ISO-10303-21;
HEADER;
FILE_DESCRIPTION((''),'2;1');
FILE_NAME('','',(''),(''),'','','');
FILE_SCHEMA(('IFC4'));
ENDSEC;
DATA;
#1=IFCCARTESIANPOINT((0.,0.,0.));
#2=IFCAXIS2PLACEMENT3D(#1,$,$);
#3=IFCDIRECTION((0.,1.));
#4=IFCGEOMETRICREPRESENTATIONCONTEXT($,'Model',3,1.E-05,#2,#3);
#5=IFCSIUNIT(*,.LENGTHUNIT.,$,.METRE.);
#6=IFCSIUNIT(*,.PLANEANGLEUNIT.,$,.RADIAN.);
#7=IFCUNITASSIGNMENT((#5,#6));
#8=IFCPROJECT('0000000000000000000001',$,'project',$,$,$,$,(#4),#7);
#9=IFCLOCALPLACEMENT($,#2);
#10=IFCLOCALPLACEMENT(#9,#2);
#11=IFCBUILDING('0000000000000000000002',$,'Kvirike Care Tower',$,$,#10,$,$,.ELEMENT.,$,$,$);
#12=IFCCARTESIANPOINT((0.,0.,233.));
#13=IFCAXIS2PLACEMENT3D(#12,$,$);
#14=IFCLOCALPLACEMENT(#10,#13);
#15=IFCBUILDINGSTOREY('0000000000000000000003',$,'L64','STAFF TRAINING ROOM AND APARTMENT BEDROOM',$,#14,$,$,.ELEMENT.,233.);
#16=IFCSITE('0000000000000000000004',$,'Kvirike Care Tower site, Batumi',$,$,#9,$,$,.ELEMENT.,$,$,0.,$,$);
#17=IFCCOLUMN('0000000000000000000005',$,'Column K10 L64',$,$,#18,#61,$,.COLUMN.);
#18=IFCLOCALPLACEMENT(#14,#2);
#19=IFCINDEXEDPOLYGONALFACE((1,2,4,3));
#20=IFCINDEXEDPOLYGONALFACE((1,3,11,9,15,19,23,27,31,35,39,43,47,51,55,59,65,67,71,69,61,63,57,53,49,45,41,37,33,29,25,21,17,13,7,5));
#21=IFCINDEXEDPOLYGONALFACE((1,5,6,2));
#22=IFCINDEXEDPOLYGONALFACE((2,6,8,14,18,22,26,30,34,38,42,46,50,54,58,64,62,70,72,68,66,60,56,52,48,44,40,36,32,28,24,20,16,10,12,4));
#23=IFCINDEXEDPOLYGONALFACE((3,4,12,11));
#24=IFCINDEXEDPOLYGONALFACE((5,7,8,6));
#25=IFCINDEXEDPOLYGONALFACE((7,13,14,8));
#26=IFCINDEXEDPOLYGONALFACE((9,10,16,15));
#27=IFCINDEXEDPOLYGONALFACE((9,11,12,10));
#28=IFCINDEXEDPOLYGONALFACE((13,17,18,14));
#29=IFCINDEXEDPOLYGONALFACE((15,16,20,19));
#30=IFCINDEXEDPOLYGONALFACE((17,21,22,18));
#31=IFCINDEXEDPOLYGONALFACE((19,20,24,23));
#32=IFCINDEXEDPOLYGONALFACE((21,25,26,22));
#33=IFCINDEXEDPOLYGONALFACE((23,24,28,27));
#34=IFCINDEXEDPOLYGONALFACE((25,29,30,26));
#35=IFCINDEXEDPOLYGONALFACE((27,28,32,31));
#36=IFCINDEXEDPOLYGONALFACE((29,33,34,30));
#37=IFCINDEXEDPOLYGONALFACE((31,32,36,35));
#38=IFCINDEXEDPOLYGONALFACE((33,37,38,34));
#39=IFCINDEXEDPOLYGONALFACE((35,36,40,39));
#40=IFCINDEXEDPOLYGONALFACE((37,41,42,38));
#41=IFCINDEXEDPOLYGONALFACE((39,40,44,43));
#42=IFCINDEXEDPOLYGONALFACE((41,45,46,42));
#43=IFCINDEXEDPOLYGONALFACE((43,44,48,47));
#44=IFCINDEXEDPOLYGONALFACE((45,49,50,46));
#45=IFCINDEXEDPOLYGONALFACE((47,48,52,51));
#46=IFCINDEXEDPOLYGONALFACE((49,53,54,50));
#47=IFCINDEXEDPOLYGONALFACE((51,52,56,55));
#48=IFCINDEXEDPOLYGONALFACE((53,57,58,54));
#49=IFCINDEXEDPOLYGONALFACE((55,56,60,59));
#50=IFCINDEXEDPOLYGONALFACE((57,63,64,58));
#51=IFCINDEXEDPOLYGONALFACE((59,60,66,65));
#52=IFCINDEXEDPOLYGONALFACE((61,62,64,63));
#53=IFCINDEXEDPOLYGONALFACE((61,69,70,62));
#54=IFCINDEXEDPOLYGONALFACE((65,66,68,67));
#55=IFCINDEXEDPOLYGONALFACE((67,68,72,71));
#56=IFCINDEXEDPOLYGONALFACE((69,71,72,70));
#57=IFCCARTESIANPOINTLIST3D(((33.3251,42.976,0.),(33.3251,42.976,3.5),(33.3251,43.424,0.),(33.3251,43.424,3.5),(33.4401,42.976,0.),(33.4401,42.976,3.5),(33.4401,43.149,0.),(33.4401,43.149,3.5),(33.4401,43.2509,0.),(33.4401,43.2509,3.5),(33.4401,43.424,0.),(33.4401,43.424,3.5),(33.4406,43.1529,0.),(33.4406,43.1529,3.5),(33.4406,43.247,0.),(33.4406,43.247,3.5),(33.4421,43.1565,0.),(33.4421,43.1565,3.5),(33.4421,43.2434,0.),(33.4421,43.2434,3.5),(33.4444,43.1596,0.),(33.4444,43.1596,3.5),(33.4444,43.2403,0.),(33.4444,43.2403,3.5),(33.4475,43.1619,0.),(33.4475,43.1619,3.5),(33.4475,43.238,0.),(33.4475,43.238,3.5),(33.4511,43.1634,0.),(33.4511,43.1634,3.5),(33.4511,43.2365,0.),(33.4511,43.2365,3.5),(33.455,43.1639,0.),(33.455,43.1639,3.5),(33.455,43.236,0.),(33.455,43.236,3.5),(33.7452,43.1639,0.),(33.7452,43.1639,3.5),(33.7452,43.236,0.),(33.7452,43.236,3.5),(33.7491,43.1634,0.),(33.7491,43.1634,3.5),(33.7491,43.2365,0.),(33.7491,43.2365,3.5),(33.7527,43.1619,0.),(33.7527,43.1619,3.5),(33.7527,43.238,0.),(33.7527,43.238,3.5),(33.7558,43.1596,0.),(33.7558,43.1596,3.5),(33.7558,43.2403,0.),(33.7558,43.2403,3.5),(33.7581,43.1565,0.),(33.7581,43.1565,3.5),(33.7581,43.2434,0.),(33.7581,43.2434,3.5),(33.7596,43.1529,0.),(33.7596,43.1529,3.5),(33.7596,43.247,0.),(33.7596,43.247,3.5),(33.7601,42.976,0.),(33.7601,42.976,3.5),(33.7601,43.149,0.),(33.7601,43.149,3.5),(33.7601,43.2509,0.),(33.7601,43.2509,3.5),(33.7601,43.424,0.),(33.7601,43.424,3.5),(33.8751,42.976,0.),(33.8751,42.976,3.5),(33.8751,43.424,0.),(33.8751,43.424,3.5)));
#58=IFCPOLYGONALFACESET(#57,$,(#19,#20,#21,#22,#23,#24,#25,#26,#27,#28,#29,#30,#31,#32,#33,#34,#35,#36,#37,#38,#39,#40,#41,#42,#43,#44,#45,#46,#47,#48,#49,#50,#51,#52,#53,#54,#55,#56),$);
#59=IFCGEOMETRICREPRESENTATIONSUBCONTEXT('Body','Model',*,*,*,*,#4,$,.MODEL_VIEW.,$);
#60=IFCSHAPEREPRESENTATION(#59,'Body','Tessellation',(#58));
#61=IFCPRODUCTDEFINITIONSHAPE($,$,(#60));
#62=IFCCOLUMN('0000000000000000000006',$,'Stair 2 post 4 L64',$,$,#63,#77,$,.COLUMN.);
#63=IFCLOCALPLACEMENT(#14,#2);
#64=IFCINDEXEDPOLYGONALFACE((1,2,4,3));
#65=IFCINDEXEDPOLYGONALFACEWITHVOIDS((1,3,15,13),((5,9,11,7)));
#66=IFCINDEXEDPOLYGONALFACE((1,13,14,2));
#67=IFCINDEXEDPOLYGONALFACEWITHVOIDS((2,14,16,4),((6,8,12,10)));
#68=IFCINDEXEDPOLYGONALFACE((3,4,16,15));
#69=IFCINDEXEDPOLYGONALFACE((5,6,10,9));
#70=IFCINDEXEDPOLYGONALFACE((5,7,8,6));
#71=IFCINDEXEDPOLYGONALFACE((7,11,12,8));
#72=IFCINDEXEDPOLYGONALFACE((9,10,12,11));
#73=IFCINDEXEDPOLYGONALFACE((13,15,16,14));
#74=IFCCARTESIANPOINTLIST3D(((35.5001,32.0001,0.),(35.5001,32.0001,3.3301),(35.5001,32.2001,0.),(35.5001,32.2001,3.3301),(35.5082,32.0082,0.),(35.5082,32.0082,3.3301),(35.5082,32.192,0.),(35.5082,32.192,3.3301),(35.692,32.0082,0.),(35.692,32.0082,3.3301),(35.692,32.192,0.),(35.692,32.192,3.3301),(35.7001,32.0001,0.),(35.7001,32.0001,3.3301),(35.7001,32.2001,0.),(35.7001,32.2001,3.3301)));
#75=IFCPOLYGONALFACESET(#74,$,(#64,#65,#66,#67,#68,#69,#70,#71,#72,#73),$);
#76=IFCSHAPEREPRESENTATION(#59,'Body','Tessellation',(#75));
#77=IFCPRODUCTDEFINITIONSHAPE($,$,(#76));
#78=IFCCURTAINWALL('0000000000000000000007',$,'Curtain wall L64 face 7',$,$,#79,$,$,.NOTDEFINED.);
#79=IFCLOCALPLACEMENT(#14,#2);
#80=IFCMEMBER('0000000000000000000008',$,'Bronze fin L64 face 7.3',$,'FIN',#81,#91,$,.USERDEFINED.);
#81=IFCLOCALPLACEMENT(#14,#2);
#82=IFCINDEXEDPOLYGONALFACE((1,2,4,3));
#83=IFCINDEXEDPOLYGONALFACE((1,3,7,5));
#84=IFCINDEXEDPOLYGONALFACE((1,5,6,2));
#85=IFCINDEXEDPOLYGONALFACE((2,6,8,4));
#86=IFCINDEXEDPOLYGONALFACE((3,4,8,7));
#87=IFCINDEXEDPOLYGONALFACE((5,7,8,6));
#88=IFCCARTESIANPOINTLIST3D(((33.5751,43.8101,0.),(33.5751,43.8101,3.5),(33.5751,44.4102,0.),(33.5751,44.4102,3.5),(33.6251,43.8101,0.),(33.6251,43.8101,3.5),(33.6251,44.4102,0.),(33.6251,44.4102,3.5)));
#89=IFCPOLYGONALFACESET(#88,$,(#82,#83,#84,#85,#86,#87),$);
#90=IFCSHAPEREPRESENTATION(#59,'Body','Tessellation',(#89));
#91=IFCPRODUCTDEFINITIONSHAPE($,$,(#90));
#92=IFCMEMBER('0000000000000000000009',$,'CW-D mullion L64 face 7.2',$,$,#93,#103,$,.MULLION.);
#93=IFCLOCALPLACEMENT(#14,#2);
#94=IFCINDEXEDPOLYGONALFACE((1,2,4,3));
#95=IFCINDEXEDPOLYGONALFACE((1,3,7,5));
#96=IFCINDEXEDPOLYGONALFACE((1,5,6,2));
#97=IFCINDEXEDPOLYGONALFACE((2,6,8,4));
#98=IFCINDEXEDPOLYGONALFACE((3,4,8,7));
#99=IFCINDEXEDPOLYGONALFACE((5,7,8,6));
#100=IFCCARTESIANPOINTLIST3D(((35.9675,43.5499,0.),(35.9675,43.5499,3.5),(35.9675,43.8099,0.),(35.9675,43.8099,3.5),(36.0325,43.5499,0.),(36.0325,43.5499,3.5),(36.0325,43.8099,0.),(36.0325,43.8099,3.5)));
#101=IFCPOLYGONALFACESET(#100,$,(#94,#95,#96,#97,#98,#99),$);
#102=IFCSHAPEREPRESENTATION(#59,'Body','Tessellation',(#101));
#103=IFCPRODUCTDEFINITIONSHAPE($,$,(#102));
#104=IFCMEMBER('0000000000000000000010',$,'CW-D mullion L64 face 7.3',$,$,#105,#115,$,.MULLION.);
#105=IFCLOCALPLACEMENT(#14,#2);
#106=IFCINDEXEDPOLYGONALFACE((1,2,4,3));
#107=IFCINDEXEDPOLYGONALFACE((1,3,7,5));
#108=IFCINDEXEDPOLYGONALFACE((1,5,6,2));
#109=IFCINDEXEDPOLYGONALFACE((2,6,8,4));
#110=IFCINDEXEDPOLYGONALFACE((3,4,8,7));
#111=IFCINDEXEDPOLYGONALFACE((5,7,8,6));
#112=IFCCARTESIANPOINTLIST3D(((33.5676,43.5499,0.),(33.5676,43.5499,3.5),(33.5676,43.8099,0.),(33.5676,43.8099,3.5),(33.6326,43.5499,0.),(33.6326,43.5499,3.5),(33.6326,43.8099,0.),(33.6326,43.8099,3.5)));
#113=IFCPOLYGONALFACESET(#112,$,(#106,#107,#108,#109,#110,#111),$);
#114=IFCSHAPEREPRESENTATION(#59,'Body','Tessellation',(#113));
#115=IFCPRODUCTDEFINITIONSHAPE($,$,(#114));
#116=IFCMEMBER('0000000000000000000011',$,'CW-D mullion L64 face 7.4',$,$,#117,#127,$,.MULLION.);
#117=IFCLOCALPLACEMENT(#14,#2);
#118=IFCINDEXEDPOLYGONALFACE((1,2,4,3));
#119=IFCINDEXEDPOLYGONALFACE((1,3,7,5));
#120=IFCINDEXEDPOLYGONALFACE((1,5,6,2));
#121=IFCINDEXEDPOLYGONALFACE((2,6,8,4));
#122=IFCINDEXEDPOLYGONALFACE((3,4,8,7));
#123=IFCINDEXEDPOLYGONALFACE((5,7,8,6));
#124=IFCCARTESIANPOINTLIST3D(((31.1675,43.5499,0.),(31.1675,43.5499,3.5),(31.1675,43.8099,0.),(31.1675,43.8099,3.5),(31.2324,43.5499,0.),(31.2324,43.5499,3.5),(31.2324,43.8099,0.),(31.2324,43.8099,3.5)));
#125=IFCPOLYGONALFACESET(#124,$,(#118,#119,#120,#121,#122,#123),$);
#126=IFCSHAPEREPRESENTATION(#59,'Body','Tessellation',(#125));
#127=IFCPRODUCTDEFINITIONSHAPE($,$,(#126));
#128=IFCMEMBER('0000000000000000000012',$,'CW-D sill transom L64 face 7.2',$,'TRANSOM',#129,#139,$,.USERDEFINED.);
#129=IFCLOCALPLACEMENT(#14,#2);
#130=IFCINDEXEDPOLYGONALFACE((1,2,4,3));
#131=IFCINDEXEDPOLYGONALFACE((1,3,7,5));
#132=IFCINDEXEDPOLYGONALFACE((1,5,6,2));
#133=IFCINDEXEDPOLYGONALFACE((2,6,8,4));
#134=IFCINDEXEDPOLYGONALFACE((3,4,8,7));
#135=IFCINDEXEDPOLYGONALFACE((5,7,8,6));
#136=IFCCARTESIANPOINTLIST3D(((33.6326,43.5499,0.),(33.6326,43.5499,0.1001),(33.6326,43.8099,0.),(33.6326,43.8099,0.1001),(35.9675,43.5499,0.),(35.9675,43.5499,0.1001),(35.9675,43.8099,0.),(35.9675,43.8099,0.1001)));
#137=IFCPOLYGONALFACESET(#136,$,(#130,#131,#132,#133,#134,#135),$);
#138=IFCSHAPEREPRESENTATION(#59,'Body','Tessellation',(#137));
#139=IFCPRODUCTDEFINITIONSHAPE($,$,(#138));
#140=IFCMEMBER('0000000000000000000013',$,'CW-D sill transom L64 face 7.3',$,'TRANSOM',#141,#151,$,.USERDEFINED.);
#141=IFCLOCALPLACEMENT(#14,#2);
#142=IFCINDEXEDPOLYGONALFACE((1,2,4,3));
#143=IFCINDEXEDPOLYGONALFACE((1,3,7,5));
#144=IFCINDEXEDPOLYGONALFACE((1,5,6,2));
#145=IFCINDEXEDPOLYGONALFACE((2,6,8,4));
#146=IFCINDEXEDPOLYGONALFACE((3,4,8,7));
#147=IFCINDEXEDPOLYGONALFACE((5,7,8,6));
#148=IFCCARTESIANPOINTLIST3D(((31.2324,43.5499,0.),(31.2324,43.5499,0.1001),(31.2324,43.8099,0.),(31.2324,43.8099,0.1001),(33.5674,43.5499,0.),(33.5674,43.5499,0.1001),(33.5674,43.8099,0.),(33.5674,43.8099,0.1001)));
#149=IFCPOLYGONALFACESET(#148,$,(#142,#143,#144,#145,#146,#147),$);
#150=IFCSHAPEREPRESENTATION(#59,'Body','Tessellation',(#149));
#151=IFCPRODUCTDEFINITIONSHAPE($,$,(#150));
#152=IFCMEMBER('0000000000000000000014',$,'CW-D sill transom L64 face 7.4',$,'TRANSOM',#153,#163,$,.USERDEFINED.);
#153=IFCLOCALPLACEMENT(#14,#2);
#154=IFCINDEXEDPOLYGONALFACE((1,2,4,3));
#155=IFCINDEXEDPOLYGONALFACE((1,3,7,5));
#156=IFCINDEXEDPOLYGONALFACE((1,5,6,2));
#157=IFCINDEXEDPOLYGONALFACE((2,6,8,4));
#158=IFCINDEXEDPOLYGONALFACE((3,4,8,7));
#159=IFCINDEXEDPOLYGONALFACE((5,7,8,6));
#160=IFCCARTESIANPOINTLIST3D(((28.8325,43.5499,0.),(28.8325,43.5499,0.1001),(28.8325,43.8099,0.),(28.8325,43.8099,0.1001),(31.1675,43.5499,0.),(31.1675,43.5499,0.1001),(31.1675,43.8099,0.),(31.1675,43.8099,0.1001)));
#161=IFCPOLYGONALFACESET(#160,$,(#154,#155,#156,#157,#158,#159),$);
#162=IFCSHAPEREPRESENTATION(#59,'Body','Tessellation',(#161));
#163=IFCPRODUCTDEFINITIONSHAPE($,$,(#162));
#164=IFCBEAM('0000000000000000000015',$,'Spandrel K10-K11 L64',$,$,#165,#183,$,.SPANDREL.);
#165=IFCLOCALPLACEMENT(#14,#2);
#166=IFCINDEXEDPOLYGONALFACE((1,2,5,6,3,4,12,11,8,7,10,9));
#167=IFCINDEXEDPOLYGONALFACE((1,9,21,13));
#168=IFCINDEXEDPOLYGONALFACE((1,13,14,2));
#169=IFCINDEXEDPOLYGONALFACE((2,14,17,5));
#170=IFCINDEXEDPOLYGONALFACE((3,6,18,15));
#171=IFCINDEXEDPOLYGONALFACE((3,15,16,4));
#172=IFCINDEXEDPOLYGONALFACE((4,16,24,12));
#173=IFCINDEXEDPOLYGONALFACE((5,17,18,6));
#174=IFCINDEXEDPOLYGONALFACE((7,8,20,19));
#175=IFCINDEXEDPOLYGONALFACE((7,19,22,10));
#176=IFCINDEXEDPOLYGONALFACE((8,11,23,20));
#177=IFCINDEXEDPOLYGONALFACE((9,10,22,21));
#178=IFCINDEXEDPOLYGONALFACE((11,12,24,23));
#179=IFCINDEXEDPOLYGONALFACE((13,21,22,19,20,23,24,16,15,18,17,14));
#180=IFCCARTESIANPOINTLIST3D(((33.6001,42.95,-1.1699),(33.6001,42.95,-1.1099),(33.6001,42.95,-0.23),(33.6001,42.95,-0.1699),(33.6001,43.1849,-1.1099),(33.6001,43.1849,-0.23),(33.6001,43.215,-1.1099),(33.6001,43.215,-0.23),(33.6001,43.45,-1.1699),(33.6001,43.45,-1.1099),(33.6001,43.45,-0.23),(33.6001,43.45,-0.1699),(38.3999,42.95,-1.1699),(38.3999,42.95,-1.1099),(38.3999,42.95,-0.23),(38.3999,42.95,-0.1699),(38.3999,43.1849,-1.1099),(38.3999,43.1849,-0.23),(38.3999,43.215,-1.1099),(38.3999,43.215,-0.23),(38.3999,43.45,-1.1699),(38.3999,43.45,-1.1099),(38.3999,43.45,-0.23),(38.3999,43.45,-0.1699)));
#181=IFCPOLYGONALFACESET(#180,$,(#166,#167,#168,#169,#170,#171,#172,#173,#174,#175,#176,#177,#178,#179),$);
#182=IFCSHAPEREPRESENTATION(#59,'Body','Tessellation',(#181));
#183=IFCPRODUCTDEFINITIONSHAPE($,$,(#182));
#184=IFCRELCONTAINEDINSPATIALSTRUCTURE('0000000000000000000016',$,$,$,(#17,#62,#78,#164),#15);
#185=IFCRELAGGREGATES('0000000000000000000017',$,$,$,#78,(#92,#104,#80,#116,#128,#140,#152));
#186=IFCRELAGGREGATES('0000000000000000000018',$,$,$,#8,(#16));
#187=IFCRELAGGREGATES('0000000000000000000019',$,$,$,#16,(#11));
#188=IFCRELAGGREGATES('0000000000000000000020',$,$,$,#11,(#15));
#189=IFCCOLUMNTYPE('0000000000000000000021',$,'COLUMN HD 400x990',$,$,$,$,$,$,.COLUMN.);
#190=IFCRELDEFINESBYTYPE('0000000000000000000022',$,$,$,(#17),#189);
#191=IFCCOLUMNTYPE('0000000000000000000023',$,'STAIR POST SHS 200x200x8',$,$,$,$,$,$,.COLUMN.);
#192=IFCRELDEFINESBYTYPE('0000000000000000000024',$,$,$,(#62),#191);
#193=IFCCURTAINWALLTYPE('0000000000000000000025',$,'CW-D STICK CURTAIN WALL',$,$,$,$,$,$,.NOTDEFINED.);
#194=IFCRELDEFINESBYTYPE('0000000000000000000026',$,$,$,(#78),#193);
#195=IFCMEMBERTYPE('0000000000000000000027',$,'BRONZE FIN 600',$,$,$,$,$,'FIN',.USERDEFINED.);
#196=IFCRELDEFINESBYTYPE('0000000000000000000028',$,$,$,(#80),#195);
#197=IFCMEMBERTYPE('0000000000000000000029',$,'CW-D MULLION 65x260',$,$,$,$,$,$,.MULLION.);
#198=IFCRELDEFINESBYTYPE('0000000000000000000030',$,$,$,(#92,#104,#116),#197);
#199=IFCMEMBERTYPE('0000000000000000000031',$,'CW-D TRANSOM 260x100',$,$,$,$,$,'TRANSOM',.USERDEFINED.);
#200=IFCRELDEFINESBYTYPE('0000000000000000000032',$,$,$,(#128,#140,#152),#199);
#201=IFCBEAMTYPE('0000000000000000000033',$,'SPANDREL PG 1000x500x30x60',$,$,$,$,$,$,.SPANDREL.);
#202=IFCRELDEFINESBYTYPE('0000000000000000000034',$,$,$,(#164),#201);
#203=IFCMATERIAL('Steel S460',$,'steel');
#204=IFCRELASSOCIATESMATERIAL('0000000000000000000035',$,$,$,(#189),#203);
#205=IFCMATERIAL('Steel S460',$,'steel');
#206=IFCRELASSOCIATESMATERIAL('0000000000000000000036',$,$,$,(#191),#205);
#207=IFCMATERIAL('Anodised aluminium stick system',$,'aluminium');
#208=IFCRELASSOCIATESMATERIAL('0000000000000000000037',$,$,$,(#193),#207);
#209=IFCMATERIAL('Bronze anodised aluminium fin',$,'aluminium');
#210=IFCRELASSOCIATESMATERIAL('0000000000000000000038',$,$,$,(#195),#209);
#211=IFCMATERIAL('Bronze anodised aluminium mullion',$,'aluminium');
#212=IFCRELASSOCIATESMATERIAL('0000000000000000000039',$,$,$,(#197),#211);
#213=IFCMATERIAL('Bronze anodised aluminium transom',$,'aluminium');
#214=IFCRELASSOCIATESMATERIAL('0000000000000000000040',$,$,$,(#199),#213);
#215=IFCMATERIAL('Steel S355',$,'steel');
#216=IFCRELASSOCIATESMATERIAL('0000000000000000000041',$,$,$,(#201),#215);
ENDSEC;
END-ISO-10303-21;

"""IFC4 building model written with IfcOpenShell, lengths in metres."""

from ifc_helpers import new_model, si_unit, direction, frame, origin, origin_2d, place, context, subcontext, project, spatial, rectangle, hollow_rectangle, i_section, extrude, material, material_profile, profile_set, type_object, element, aggregate, save


model = new_model("IFC4")

# Units and contexts
model_context = context("Model", 3, precision=1e-05, world=origin(), true_north=direction((0.0, 1.0)))
body_context = subcontext(model_context, "Body", "Model", "MODEL_VIEW")
ifc_project = project(units=[si_unit("LENGTHUNIT", "METRE"), si_unit("PLANEANGLEUNIT", "RADIAN")], contexts=[model_context])

# Site, building, storey
site_placement = place(None, origin())
site = spatial("IfcSite", under=ifc_project, at=site_placement, Name="Kvirike Care Tower site, Batumi", CompositionType="ELEMENT", RefElevation=0.0)
building_placement = place(site_placement, origin())
building = spatial("IfcBuilding", under=site, at=building_placement, Name="Kvirike Care Tower", CompositionType="ELEMENT")
storey_placement = place(building_placement, frame((0.0, 0.0, 233.0)))
storey = spatial("IfcBuildingStorey", under=building, at=storey_placement, Name="L64", Description="STAFF TRAINING ROOM AND APARTMENT BEDROOM", CompositionType="ELEMENT", Elevation=233.0)

# Columns
ifc_material_1 = material(Name="Steel S460", Category="steel")
ifc_material_profile_1 = material_profile(ifc_material_1, i_section(OverallWidth=0.448, OverallDepth=0.55, WebThickness=0.072, FlangeThickness=0.115, FilletRadius=0.0149, at=origin_2d()), Name="HD 400x990")
ifc_profile_set_1 = profile_set([ifc_material_profile_1], Name="Steel S460")
column_type_1 = type_object("IfcColumnType", Name="COLUMN HD 400x990", PredefinedType="COLUMN", material=ifc_profile_set_1)
column_1_placement = place(storey_placement, frame((33.6001, 43.2, 0.0), z_axis=(0.0, 0.0, 1.0), x_axis=(0.0, 1.0, 0.0)))
element("IfcColumn", 1, at=column_1_placement, inside=storey, type_object=column_type_1, Name="Column K10 L64", PredefinedType="COLUMN", context=body_context, shape_type="SweptSolid", body=[
    extrude(i_section(OverallWidth=0.448, OverallDepth=0.55, WebThickness=0.072, FlangeThickness=0.115, FilletRadius=0.0149, at=origin_2d()), origin(), (0.0, 0.0, 1.0), 3.5),
])
ifc_material_2 = material(Name="Steel S460", Category="steel")
ifc_material_profile_2 = material_profile(ifc_material_2, hollow_rectangle(XDim=0.2, YDim=0.2, WallThickness=0.0081, at=origin_2d()), Name="SHS 200x200x8")
ifc_profile_set_2 = profile_set([ifc_material_profile_2], Name="Steel S460")
column_type_2 = type_object("IfcColumnType", Name="STAIR POST SHS 200x200x8", PredefinedType="COLUMN", material=ifc_profile_set_2)
column_2_placement = place(storey_placement, frame((35.6001, 32.1001, 0.0), z_axis=(0.0, 0.0, 1.0), x_axis=(1.0, 0.0, 0.0)))
element("IfcColumn", 2, at=column_2_placement, inside=storey, type_object=column_type_2, Name="Stair 2 post 4 L64", PredefinedType="COLUMN", context=body_context, shape_type="SweptSolid", body=[
    extrude(hollow_rectangle(XDim=0.2, YDim=0.2, WallThickness=0.0081, at=origin_2d()), origin(), (0.0, 0.0, 1.0), 3.3301),
])

# Curtain wall, members
ifc_material_3 = material(Name="Anodised aluminium stick system", Category="aluminium")
curtain_wall_type = type_object("IfcCurtainWallType", Name="CW-D STICK CURTAIN WALL", PredefinedType="NOTDEFINED", material=ifc_material_3)
curtain_wall_placement = place(storey_placement, origin())
curtain_wall = element("IfcCurtainWall", 3, at=curtain_wall_placement, inside=storey, type_object=curtain_wall_type, Name="Curtain wall L64 face 7", PredefinedType="NOTDEFINED")
ifc_material_4 = material(Name="Bronze anodised aluminium fin", Category="aluminium")
ifc_material_profile_3 = material_profile(ifc_material_4, rectangle(XDim=0.05, YDim=0.6001, at=origin_2d()), Name="BRONZE FIN 600")
ifc_profile_set_3 = profile_set([ifc_material_profile_3], Name="Bronze anodised aluminium fin")
member_type_1 = type_object("IfcMemberType", Name="BRONZE FIN 600", ElementType="FIN", PredefinedType="USERDEFINED", material=ifc_profile_set_3)
member_1_placement = place(storey_placement, frame((33.6001, 44.1101, 0.0), z_axis=(0.0, 0.0, 1.0), x_axis=(-1.0, 0.0, 0.0)))
member_1 = element("IfcMember", 4, at=member_1_placement, type_object=member_type_1, Name="Bronze fin L64 face 7.3", ObjectType="FIN", PredefinedType="USERDEFINED", context=body_context, shape_type="SweptSolid", body=[
    extrude(rectangle(XDim=0.05, YDim=0.6001, at=origin_2d()), origin(), (0.0, 0.0, 1.0), 3.5),
])
ifc_material_5 = material(Name="Bronze anodised aluminium mullion", Category="aluminium")
ifc_material_profile_4 = material_profile(ifc_material_5, rectangle(XDim=0.0649, YDim=0.26, at=origin_2d()), Name="CW-D MULLION 65x260")
ifc_profile_set_4 = profile_set([ifc_material_profile_4], Name="Bronze anodised aluminium mullion")
member_type_2 = type_object("IfcMemberType", Name="CW-D MULLION 65x260", PredefinedType="MULLION", material=ifc_profile_set_4)
member_2_placement = place(storey_placement, frame((36.0, 43.6799, 0.0), z_axis=(0.0, 0.0, 1.0), x_axis=(-1.0, 0.0, 0.0)))
member_2 = element("IfcMember", 5, at=member_2_placement, type_object=member_type_2, Name="CW-D mullion L64 face 7.2", PredefinedType="MULLION", context=body_context, shape_type="SweptSolid", body=[
    extrude(rectangle(XDim=0.0649, YDim=0.26, at=origin_2d()), origin(), (0.0, 0.0, 1.0), 3.5),
])
member_3_placement = place(storey_placement, frame((33.6001, 43.6799, 0.0), z_axis=(0.0, 0.0, 1.0), x_axis=(-1.0, 0.0, 0.0)))
member_3 = element("IfcMember", 6, at=member_3_placement, type_object=member_type_2, Name="CW-D mullion L64 face 7.3", PredefinedType="MULLION", context=body_context, shape_type="SweptSolid", body=[
    extrude(rectangle(XDim=0.0649, YDim=0.26, at=origin_2d()), origin(), (0.0, 0.0, 1.0), 3.5),
])
member_4_placement = place(storey_placement, frame((31.2, 43.6799, 0.0), z_axis=(0.0, 0.0, 1.0), x_axis=(-1.0, 0.0, 0.0)))
member_4 = element("IfcMember", 7, at=member_4_placement, type_object=member_type_2, Name="CW-D mullion L64 face 7.4", PredefinedType="MULLION", context=body_context, shape_type="SweptSolid", body=[
    extrude(rectangle(XDim=0.0649, YDim=0.26, at=origin_2d()), origin(), (0.0, 0.0, 1.0), 3.5),
])
ifc_material_6 = material(Name="Bronze anodised aluminium transom", Category="aluminium")
ifc_material_profile_5 = material_profile(ifc_material_6, rectangle(XDim=0.26, YDim=0.1001, at=origin_2d()), Name="CW-D TRANSOM 260x100")
ifc_profile_set_5 = profile_set([ifc_material_profile_5], Name="Bronze anodised aluminium transom")
member_type_3 = type_object("IfcMemberType", Name="CW-D TRANSOM 260x100", ElementType="TRANSOM", PredefinedType="USERDEFINED", material=ifc_profile_set_5)
member_5_placement = place(storey_placement, frame((35.9675, 43.6799, 0.05), z_axis=(-1.0, 0.0, 0.0), x_axis=(0.0, -1.0, 0.0)))
member_5 = element("IfcMember", 8, at=member_5_placement, type_object=member_type_3, Name="CW-D sill transom L64 face 7.2", ObjectType="TRANSOM", PredefinedType="USERDEFINED", context=body_context, shape_type="SweptSolid", body=[
    extrude(rectangle(XDim=0.26, YDim=0.1001, at=origin_2d()), origin(), (0.0, 0.0, 1.0), 2.335),
])
member_6_placement = place(storey_placement, frame((33.5674, 43.6799, 0.05), z_axis=(-1.0, 0.0, 0.0), x_axis=(0.0, -1.0, 0.0)))
member_6 = element("IfcMember", 9, at=member_6_placement, type_object=member_type_3, Name="CW-D sill transom L64 face 7.3", ObjectType="TRANSOM", PredefinedType="USERDEFINED", context=body_context, shape_type="SweptSolid", body=[
    extrude(rectangle(XDim=0.26, YDim=0.1001, at=origin_2d()), origin(), (0.0, 0.0, 1.0), 2.335),
])
member_7_placement = place(storey_placement, frame((31.1675, 43.6799, 0.05), z_axis=(-1.0, 0.0, 0.0), x_axis=(0.0, -1.0, 0.0)))
member_7 = element("IfcMember", 10, at=member_7_placement, type_object=member_type_3, Name="CW-D sill transom L64 face 7.4", ObjectType="TRANSOM", PredefinedType="USERDEFINED", context=body_context, shape_type="SweptSolid", body=[
    extrude(rectangle(XDim=0.26, YDim=0.1001, at=origin_2d()), origin(), (0.0, 0.0, 1.0), 2.335),
])

# Beam
ifc_material_7 = material(Name="Steel S355", Category="steel")
ifc_material_profile_6 = material_profile(ifc_material_7, i_section(OverallWidth=0.5, OverallDepth=1.0, WebThickness=0.03, FlangeThickness=0.0601, at=origin_2d()), Name="PG 1000x500x30x60")
ifc_profile_set_6 = profile_set([ifc_material_profile_6], Name="Steel S355")
beam_type = type_object("IfcBeamType", Name="SPANDREL PG 1000x500x30x60", PredefinedType="SPANDREL", material=ifc_profile_set_6)
beam_placement = place(storey_placement, frame((33.6001, 43.2, -0.6699), z_axis=(1.0, 0.0, 0.0), x_axis=(0.0, 1.0, 0.0)))
element("IfcBeam", 11, at=beam_placement, inside=storey, type_object=beam_type, Name="Spandrel K10-K11 L64", PredefinedType="SPANDREL", context=body_context, shape_type="SweptSolid", body=[
    extrude(i_section(OverallWidth=0.5, OverallDepth=1.0, WebThickness=0.03, FlangeThickness=0.0601, at=origin_2d()), origin(), (0.0, 0.0, 1.0), 4.7998),
])

aggregate(curtain_wall, [member_2, member_3, member_1, member_4, member_5, member_6, member_7])

save(model, "model.ifc")
